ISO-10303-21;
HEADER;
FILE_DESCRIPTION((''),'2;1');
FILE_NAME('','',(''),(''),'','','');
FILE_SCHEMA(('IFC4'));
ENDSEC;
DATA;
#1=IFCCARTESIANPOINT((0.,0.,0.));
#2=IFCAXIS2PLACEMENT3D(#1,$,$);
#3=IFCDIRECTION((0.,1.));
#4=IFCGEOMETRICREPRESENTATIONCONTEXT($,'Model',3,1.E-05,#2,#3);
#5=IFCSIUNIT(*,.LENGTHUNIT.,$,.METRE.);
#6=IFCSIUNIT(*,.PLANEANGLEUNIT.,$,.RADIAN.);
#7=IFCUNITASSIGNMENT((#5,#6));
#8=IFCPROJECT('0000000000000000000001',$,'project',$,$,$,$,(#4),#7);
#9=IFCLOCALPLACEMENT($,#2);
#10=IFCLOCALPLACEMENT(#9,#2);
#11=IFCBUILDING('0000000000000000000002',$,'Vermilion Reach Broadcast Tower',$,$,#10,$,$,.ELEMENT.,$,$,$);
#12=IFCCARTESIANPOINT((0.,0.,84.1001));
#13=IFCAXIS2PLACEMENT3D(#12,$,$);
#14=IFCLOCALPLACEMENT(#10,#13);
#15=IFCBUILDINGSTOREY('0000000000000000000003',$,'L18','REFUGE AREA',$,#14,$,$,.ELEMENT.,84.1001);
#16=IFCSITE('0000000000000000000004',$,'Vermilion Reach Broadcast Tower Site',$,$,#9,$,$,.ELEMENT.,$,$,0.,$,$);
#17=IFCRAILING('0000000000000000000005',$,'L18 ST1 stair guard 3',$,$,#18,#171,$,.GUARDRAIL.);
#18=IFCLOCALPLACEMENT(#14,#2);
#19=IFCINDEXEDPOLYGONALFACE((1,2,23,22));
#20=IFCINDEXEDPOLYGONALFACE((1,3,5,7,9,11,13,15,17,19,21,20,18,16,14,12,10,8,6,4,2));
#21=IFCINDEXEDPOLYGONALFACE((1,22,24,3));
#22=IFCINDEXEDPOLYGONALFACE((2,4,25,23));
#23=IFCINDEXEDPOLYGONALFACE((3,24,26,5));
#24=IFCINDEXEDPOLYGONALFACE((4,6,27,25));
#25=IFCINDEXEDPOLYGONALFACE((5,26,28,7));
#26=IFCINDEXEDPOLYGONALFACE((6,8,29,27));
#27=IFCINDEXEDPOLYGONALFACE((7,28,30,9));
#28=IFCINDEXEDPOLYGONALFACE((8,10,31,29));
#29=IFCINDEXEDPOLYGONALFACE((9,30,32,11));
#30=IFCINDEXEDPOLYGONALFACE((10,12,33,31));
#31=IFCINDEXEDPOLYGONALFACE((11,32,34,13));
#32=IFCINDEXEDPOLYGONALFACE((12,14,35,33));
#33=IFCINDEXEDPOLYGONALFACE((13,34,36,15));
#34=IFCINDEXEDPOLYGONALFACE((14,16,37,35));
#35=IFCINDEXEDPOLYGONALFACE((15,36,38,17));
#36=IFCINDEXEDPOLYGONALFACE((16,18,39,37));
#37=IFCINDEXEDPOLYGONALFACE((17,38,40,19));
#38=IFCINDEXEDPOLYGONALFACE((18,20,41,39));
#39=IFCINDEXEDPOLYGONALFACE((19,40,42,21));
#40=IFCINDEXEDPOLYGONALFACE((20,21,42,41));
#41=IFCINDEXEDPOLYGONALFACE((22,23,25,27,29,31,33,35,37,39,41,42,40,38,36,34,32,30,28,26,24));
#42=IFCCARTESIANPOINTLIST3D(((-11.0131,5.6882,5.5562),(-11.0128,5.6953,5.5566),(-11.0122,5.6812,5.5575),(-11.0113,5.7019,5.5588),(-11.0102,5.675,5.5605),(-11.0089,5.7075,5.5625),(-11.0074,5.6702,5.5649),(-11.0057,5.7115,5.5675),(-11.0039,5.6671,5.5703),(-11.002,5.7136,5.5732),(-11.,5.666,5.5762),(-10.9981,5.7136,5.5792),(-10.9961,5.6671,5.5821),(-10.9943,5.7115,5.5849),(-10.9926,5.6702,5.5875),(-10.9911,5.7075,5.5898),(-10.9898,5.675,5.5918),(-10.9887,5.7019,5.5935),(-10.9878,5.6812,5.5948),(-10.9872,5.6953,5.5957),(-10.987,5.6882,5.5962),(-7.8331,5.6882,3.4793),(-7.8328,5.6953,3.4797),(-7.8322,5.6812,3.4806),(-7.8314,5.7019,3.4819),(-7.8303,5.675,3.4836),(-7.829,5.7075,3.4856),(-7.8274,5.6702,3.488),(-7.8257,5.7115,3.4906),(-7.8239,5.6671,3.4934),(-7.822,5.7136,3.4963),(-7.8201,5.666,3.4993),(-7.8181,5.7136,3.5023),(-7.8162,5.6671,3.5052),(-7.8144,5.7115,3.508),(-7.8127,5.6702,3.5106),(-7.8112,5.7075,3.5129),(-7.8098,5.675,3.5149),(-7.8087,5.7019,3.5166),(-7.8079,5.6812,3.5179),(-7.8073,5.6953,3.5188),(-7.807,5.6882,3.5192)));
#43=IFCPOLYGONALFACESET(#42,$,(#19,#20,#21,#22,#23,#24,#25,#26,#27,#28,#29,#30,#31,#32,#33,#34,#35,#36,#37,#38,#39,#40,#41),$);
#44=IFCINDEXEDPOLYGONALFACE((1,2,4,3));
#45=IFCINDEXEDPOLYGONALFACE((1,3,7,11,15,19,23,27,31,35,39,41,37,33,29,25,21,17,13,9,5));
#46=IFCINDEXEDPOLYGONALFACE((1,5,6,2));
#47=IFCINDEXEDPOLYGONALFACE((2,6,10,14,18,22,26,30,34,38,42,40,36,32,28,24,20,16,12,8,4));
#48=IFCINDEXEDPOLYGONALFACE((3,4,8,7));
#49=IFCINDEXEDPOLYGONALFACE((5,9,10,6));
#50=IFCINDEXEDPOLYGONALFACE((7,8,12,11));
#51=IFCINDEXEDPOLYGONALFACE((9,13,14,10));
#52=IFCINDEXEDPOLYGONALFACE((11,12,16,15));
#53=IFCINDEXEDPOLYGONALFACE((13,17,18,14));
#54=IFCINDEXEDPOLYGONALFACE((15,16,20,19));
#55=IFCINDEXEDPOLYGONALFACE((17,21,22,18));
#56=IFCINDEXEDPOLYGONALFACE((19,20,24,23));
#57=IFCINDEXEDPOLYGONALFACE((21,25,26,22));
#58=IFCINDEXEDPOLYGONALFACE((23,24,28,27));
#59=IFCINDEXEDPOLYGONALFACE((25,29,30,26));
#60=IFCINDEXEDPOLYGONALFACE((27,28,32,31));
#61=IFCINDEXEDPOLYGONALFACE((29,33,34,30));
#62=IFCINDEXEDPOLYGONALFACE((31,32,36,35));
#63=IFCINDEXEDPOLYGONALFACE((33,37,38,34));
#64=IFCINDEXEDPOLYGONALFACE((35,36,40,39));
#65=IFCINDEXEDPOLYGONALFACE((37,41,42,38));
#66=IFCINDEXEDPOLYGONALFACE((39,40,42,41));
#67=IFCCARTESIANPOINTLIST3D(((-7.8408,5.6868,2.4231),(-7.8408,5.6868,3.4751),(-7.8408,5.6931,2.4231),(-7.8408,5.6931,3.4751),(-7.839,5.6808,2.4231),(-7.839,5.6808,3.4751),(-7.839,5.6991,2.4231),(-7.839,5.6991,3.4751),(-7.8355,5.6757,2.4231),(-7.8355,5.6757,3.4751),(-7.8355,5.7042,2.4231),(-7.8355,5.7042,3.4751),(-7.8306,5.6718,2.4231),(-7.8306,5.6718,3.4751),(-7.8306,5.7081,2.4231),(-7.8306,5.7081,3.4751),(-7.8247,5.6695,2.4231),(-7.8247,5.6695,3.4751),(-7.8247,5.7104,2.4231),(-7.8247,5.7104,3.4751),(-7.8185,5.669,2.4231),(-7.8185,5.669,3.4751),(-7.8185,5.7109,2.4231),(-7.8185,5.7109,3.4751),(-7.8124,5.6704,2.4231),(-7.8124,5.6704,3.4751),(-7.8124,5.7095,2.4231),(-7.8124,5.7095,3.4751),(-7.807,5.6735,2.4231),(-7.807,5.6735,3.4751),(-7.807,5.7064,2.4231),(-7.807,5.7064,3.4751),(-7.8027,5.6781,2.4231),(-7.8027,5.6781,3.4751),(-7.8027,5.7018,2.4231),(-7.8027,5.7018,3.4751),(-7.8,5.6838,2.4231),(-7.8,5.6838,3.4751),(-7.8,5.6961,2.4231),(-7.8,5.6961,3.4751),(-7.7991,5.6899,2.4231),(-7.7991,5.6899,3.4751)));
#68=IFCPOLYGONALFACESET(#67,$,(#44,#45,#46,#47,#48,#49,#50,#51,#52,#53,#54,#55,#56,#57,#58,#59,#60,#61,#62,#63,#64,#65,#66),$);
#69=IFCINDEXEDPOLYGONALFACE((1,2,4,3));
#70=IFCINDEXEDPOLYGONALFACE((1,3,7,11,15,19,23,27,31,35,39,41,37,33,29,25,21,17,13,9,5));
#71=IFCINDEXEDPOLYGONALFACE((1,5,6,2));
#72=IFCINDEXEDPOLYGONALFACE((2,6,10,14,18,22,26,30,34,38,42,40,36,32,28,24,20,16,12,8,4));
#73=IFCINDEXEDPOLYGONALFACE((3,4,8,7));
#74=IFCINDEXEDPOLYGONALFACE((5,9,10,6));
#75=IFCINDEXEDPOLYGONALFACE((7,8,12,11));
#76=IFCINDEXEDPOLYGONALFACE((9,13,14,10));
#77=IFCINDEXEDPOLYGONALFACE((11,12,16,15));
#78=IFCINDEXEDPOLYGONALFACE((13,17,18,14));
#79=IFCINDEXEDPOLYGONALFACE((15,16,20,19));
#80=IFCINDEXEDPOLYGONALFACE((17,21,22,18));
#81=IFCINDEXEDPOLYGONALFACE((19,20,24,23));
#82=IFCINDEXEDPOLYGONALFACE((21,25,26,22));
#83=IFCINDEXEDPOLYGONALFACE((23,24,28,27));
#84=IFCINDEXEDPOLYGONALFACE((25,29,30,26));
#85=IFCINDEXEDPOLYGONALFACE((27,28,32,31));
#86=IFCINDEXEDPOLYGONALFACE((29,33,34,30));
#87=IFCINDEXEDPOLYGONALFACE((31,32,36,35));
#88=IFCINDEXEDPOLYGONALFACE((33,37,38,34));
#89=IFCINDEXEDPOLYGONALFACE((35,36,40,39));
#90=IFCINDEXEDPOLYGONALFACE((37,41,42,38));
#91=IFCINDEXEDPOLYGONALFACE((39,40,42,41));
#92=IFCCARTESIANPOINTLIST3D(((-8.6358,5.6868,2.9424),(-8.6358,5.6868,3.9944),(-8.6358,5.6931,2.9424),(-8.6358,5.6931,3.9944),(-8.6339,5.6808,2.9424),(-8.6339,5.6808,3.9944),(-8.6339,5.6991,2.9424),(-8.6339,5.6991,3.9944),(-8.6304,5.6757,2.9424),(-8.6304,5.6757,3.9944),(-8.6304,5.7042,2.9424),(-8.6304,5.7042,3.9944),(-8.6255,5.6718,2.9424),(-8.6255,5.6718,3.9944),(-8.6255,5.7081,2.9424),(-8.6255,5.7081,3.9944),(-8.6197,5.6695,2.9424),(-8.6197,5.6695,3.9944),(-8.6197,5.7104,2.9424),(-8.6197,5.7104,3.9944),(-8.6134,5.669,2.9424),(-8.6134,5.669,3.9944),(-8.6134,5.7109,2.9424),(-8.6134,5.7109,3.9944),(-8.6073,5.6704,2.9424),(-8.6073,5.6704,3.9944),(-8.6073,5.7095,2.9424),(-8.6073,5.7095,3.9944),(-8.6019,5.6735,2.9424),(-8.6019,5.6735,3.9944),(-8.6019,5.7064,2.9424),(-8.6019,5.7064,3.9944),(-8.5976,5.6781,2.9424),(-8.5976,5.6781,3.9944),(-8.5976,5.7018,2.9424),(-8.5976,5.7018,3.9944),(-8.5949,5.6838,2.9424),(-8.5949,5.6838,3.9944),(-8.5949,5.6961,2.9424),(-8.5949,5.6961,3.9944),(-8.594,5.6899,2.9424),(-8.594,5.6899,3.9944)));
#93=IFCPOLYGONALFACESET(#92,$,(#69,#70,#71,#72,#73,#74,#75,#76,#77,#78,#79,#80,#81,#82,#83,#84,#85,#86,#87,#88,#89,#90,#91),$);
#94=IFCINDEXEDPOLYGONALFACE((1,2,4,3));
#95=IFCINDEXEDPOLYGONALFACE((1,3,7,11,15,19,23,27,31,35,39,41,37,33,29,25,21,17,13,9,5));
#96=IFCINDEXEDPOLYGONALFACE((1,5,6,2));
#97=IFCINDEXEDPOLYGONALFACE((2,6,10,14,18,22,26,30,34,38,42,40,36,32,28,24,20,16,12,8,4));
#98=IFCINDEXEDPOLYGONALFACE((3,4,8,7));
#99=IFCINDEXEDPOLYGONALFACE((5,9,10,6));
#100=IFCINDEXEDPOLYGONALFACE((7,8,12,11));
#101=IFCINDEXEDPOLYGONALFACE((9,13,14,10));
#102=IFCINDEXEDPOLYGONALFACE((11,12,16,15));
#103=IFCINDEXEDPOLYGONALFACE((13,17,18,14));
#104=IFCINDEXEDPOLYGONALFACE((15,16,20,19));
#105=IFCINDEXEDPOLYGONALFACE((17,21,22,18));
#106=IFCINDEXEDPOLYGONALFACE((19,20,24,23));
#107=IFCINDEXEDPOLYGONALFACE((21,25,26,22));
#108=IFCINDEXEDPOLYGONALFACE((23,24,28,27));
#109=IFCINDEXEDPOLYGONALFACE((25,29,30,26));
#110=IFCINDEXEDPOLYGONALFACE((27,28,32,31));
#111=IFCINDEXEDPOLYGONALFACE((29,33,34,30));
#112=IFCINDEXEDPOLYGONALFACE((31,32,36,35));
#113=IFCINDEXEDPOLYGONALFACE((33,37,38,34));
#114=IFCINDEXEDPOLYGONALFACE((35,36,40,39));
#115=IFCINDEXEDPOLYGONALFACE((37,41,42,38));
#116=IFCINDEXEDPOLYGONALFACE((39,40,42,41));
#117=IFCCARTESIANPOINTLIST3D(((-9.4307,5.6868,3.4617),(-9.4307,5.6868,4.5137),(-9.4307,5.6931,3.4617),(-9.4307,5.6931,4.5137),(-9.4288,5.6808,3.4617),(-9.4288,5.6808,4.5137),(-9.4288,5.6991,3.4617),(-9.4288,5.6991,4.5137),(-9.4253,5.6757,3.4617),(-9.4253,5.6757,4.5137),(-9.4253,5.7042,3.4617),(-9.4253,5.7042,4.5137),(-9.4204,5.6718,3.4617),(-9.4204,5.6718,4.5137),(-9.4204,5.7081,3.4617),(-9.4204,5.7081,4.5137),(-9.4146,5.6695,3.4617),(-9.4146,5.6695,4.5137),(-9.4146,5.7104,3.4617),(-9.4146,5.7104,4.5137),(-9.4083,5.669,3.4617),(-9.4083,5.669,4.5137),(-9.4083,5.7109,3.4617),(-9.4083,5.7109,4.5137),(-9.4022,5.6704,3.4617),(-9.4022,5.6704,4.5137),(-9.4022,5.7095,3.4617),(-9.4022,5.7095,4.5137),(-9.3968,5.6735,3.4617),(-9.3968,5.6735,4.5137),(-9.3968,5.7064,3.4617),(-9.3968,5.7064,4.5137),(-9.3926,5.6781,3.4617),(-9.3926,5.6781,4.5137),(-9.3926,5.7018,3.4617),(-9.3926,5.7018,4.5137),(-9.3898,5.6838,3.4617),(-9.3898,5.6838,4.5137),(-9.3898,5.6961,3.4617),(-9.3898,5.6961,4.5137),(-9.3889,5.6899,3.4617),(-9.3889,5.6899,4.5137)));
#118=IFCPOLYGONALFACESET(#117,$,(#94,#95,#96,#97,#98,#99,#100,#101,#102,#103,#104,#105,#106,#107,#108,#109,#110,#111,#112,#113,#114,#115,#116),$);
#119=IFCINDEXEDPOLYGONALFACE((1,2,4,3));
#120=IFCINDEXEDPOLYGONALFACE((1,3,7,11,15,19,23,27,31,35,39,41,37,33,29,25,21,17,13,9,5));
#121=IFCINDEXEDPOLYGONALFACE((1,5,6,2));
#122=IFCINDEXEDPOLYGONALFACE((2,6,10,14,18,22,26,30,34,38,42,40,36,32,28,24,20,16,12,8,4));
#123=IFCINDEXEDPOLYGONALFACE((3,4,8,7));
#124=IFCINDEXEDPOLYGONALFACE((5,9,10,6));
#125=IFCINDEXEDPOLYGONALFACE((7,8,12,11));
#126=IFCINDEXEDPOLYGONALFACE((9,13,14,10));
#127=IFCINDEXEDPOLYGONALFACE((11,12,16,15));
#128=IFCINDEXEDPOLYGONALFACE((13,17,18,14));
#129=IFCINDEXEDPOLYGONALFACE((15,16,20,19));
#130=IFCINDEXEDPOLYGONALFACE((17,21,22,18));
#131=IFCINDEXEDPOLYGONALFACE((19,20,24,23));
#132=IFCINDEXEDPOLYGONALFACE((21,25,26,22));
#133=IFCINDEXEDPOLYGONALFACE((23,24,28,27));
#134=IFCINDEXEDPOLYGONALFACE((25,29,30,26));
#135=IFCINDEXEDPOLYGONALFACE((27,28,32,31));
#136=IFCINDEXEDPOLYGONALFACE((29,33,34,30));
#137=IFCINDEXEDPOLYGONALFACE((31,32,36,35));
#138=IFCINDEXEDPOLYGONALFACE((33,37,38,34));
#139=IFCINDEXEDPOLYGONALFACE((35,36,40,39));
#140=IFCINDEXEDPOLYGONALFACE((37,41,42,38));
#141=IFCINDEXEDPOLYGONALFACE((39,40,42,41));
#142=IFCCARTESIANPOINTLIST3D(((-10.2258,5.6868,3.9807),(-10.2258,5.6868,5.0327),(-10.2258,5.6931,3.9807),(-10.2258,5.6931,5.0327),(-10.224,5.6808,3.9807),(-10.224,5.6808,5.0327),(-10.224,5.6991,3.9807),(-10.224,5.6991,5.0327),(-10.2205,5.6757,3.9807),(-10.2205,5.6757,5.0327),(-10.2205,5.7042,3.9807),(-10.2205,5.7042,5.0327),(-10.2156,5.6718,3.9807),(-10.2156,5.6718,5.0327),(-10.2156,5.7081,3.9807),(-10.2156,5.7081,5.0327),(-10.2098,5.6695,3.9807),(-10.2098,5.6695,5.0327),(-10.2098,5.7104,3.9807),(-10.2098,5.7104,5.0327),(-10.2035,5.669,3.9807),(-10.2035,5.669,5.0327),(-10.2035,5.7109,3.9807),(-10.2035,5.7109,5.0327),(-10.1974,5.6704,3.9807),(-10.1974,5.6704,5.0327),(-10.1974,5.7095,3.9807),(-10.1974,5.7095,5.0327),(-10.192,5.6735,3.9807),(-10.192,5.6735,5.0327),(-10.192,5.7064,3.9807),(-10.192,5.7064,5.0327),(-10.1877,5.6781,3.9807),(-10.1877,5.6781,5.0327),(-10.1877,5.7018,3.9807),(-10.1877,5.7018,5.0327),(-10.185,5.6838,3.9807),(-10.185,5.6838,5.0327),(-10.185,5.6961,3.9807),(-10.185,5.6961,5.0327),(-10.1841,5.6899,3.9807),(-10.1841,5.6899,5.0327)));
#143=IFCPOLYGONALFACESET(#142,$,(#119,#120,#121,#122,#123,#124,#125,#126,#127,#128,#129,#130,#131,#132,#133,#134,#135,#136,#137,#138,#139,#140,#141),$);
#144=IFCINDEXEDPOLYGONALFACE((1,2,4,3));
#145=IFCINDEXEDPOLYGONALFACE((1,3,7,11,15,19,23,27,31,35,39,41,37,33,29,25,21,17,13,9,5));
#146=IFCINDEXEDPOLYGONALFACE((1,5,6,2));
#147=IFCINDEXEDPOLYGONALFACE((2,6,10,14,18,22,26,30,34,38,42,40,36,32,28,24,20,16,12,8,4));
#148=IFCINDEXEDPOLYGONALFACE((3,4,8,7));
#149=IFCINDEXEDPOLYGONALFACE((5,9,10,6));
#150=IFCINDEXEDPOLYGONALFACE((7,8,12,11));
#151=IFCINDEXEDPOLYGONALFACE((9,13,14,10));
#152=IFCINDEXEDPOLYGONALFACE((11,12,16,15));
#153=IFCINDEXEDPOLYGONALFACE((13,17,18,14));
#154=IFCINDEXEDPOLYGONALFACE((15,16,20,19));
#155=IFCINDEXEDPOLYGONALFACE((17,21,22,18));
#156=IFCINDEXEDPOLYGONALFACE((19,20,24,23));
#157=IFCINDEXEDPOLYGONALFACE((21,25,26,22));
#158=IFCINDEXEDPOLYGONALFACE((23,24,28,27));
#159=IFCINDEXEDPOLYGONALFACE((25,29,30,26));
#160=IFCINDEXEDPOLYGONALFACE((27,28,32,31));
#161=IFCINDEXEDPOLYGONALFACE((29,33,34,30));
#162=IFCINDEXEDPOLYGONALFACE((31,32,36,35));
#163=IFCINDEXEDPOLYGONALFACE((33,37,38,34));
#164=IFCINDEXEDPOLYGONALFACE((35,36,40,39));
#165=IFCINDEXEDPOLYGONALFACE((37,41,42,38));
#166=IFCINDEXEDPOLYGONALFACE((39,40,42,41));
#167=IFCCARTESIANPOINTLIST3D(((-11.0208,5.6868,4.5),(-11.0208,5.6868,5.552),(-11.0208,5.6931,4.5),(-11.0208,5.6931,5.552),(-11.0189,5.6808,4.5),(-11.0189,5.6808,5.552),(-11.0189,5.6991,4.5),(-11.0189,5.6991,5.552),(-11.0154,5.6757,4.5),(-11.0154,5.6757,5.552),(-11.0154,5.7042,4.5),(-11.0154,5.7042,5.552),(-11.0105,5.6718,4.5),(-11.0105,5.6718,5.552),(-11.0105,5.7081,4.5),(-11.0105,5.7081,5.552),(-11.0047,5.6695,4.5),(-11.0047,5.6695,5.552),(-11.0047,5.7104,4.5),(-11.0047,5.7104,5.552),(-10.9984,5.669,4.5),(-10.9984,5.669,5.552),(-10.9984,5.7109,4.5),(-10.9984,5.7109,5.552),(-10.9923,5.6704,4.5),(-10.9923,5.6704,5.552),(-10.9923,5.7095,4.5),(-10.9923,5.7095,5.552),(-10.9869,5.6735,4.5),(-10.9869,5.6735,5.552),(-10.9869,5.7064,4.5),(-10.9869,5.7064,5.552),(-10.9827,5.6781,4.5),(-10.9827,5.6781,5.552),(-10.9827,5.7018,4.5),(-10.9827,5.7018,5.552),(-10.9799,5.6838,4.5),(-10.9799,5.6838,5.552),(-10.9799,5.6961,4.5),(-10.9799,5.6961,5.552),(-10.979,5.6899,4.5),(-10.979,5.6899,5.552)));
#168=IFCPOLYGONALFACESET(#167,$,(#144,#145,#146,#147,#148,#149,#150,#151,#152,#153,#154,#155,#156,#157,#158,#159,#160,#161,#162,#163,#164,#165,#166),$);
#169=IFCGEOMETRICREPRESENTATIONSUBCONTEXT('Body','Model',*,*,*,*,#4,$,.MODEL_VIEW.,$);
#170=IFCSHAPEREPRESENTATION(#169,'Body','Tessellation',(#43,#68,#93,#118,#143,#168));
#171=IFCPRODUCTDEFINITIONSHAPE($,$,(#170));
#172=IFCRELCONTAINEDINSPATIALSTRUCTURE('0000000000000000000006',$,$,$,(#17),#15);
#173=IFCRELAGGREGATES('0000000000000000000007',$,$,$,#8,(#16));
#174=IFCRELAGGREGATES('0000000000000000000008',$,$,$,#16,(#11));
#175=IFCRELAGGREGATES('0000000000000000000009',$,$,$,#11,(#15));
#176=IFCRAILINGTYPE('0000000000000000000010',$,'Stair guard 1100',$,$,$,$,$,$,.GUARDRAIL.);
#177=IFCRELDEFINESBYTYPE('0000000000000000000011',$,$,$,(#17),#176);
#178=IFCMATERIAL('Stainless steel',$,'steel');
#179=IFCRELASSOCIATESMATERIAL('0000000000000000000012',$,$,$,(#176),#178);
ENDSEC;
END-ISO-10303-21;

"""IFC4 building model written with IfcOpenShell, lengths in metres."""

from ifc_helpers import new_model, si_unit, direction, frame, origin, origin_2d, place, context, subcontext, project, spatial, circle, extrude, material, type_object, element, save


model = new_model("IFC4")

# Units and contexts
model_context = context("Model", 3, precision=1e-05, world=origin(), true_north=direction((0.0, 1.0)))
body_context = subcontext(model_context, "Body", "Model", "MODEL_VIEW")
ifc_project = project(units=[si_unit("LENGTHUNIT", "METRE"), si_unit("PLANEANGLEUNIT", "RADIAN")], contexts=[model_context])

# Site, building, storey
site_placement = place(None, origin())
site = spatial("IfcSite", under=ifc_project, at=site_placement, Name="Vermilion Reach Broadcast Tower Site", CompositionType="ELEMENT", RefElevation=0.0)
building_placement = place(site_placement, origin())
building = spatial("IfcBuilding", under=site, at=building_placement, Name="Vermilion Reach Broadcast Tower", CompositionType="ELEMENT")
storey_placement = place(building_placement, frame((0.0, 0.0, 84.1001)))
storey = spatial("IfcBuildingStorey", under=building, at=storey_placement, Name="L18", Description="REFUGE AREA", CompositionType="ELEMENT", Elevation=84.1001)

# Railing
ifc_material_1 = material(Name="Stainless steel", Category="steel")
railing_type_1 = type_object("IfcRailingType", Name="Stair guard 1100", PredefinedType="GUARDRAIL", material=ifc_material_1)
railing_1_placement = place(storey_placement, frame((-7.8201, 5.6899, 2.4231)))
element("IfcRailing", 1, at=railing_1_placement, inside=storey, type_object=railing_type_1, Name="L18 ST1 stair guard 3", PredefinedType="GUARDRAIL", context=body_context, shape_type="SweptSolid", body=[
    extrude(circle(Radius=0.0239, at=origin_2d()), frame((0.0, 0.0, 1.0762), z_axis=(-0.837245, 0.0, 0.546828), x_axis=(0.0, -1.0, 0.0)), (0.0, 0.0, 1.0), 3.7981),
    extrude(circle(Radius=0.021, at=origin_2d()), origin(), (0.0, 0.0, 1.0), 1.052),
    extrude(circle(Radius=0.021, at=origin_2d()), frame((-0.7949, 0.0, 0.5193)), (0.0, 0.0, 1.0), 1.052),
    extrude(circle(Radius=0.021, at=origin_2d()), frame((-1.5898, 0.0, 1.0386)), (0.0, 0.0, 1.0), 1.052),
    extrude(circle(Radius=0.021, at=origin_2d()), frame((-2.385, 0.0, 1.5576)), (0.0, 0.0, 1.0), 1.052),
    extrude(circle(Radius=0.021, at=origin_2d()), frame((-3.1799, 0.0, 2.0769)), (0.0, 0.0, 1.0), 1.052),
])

save(model, "model.ifc")
